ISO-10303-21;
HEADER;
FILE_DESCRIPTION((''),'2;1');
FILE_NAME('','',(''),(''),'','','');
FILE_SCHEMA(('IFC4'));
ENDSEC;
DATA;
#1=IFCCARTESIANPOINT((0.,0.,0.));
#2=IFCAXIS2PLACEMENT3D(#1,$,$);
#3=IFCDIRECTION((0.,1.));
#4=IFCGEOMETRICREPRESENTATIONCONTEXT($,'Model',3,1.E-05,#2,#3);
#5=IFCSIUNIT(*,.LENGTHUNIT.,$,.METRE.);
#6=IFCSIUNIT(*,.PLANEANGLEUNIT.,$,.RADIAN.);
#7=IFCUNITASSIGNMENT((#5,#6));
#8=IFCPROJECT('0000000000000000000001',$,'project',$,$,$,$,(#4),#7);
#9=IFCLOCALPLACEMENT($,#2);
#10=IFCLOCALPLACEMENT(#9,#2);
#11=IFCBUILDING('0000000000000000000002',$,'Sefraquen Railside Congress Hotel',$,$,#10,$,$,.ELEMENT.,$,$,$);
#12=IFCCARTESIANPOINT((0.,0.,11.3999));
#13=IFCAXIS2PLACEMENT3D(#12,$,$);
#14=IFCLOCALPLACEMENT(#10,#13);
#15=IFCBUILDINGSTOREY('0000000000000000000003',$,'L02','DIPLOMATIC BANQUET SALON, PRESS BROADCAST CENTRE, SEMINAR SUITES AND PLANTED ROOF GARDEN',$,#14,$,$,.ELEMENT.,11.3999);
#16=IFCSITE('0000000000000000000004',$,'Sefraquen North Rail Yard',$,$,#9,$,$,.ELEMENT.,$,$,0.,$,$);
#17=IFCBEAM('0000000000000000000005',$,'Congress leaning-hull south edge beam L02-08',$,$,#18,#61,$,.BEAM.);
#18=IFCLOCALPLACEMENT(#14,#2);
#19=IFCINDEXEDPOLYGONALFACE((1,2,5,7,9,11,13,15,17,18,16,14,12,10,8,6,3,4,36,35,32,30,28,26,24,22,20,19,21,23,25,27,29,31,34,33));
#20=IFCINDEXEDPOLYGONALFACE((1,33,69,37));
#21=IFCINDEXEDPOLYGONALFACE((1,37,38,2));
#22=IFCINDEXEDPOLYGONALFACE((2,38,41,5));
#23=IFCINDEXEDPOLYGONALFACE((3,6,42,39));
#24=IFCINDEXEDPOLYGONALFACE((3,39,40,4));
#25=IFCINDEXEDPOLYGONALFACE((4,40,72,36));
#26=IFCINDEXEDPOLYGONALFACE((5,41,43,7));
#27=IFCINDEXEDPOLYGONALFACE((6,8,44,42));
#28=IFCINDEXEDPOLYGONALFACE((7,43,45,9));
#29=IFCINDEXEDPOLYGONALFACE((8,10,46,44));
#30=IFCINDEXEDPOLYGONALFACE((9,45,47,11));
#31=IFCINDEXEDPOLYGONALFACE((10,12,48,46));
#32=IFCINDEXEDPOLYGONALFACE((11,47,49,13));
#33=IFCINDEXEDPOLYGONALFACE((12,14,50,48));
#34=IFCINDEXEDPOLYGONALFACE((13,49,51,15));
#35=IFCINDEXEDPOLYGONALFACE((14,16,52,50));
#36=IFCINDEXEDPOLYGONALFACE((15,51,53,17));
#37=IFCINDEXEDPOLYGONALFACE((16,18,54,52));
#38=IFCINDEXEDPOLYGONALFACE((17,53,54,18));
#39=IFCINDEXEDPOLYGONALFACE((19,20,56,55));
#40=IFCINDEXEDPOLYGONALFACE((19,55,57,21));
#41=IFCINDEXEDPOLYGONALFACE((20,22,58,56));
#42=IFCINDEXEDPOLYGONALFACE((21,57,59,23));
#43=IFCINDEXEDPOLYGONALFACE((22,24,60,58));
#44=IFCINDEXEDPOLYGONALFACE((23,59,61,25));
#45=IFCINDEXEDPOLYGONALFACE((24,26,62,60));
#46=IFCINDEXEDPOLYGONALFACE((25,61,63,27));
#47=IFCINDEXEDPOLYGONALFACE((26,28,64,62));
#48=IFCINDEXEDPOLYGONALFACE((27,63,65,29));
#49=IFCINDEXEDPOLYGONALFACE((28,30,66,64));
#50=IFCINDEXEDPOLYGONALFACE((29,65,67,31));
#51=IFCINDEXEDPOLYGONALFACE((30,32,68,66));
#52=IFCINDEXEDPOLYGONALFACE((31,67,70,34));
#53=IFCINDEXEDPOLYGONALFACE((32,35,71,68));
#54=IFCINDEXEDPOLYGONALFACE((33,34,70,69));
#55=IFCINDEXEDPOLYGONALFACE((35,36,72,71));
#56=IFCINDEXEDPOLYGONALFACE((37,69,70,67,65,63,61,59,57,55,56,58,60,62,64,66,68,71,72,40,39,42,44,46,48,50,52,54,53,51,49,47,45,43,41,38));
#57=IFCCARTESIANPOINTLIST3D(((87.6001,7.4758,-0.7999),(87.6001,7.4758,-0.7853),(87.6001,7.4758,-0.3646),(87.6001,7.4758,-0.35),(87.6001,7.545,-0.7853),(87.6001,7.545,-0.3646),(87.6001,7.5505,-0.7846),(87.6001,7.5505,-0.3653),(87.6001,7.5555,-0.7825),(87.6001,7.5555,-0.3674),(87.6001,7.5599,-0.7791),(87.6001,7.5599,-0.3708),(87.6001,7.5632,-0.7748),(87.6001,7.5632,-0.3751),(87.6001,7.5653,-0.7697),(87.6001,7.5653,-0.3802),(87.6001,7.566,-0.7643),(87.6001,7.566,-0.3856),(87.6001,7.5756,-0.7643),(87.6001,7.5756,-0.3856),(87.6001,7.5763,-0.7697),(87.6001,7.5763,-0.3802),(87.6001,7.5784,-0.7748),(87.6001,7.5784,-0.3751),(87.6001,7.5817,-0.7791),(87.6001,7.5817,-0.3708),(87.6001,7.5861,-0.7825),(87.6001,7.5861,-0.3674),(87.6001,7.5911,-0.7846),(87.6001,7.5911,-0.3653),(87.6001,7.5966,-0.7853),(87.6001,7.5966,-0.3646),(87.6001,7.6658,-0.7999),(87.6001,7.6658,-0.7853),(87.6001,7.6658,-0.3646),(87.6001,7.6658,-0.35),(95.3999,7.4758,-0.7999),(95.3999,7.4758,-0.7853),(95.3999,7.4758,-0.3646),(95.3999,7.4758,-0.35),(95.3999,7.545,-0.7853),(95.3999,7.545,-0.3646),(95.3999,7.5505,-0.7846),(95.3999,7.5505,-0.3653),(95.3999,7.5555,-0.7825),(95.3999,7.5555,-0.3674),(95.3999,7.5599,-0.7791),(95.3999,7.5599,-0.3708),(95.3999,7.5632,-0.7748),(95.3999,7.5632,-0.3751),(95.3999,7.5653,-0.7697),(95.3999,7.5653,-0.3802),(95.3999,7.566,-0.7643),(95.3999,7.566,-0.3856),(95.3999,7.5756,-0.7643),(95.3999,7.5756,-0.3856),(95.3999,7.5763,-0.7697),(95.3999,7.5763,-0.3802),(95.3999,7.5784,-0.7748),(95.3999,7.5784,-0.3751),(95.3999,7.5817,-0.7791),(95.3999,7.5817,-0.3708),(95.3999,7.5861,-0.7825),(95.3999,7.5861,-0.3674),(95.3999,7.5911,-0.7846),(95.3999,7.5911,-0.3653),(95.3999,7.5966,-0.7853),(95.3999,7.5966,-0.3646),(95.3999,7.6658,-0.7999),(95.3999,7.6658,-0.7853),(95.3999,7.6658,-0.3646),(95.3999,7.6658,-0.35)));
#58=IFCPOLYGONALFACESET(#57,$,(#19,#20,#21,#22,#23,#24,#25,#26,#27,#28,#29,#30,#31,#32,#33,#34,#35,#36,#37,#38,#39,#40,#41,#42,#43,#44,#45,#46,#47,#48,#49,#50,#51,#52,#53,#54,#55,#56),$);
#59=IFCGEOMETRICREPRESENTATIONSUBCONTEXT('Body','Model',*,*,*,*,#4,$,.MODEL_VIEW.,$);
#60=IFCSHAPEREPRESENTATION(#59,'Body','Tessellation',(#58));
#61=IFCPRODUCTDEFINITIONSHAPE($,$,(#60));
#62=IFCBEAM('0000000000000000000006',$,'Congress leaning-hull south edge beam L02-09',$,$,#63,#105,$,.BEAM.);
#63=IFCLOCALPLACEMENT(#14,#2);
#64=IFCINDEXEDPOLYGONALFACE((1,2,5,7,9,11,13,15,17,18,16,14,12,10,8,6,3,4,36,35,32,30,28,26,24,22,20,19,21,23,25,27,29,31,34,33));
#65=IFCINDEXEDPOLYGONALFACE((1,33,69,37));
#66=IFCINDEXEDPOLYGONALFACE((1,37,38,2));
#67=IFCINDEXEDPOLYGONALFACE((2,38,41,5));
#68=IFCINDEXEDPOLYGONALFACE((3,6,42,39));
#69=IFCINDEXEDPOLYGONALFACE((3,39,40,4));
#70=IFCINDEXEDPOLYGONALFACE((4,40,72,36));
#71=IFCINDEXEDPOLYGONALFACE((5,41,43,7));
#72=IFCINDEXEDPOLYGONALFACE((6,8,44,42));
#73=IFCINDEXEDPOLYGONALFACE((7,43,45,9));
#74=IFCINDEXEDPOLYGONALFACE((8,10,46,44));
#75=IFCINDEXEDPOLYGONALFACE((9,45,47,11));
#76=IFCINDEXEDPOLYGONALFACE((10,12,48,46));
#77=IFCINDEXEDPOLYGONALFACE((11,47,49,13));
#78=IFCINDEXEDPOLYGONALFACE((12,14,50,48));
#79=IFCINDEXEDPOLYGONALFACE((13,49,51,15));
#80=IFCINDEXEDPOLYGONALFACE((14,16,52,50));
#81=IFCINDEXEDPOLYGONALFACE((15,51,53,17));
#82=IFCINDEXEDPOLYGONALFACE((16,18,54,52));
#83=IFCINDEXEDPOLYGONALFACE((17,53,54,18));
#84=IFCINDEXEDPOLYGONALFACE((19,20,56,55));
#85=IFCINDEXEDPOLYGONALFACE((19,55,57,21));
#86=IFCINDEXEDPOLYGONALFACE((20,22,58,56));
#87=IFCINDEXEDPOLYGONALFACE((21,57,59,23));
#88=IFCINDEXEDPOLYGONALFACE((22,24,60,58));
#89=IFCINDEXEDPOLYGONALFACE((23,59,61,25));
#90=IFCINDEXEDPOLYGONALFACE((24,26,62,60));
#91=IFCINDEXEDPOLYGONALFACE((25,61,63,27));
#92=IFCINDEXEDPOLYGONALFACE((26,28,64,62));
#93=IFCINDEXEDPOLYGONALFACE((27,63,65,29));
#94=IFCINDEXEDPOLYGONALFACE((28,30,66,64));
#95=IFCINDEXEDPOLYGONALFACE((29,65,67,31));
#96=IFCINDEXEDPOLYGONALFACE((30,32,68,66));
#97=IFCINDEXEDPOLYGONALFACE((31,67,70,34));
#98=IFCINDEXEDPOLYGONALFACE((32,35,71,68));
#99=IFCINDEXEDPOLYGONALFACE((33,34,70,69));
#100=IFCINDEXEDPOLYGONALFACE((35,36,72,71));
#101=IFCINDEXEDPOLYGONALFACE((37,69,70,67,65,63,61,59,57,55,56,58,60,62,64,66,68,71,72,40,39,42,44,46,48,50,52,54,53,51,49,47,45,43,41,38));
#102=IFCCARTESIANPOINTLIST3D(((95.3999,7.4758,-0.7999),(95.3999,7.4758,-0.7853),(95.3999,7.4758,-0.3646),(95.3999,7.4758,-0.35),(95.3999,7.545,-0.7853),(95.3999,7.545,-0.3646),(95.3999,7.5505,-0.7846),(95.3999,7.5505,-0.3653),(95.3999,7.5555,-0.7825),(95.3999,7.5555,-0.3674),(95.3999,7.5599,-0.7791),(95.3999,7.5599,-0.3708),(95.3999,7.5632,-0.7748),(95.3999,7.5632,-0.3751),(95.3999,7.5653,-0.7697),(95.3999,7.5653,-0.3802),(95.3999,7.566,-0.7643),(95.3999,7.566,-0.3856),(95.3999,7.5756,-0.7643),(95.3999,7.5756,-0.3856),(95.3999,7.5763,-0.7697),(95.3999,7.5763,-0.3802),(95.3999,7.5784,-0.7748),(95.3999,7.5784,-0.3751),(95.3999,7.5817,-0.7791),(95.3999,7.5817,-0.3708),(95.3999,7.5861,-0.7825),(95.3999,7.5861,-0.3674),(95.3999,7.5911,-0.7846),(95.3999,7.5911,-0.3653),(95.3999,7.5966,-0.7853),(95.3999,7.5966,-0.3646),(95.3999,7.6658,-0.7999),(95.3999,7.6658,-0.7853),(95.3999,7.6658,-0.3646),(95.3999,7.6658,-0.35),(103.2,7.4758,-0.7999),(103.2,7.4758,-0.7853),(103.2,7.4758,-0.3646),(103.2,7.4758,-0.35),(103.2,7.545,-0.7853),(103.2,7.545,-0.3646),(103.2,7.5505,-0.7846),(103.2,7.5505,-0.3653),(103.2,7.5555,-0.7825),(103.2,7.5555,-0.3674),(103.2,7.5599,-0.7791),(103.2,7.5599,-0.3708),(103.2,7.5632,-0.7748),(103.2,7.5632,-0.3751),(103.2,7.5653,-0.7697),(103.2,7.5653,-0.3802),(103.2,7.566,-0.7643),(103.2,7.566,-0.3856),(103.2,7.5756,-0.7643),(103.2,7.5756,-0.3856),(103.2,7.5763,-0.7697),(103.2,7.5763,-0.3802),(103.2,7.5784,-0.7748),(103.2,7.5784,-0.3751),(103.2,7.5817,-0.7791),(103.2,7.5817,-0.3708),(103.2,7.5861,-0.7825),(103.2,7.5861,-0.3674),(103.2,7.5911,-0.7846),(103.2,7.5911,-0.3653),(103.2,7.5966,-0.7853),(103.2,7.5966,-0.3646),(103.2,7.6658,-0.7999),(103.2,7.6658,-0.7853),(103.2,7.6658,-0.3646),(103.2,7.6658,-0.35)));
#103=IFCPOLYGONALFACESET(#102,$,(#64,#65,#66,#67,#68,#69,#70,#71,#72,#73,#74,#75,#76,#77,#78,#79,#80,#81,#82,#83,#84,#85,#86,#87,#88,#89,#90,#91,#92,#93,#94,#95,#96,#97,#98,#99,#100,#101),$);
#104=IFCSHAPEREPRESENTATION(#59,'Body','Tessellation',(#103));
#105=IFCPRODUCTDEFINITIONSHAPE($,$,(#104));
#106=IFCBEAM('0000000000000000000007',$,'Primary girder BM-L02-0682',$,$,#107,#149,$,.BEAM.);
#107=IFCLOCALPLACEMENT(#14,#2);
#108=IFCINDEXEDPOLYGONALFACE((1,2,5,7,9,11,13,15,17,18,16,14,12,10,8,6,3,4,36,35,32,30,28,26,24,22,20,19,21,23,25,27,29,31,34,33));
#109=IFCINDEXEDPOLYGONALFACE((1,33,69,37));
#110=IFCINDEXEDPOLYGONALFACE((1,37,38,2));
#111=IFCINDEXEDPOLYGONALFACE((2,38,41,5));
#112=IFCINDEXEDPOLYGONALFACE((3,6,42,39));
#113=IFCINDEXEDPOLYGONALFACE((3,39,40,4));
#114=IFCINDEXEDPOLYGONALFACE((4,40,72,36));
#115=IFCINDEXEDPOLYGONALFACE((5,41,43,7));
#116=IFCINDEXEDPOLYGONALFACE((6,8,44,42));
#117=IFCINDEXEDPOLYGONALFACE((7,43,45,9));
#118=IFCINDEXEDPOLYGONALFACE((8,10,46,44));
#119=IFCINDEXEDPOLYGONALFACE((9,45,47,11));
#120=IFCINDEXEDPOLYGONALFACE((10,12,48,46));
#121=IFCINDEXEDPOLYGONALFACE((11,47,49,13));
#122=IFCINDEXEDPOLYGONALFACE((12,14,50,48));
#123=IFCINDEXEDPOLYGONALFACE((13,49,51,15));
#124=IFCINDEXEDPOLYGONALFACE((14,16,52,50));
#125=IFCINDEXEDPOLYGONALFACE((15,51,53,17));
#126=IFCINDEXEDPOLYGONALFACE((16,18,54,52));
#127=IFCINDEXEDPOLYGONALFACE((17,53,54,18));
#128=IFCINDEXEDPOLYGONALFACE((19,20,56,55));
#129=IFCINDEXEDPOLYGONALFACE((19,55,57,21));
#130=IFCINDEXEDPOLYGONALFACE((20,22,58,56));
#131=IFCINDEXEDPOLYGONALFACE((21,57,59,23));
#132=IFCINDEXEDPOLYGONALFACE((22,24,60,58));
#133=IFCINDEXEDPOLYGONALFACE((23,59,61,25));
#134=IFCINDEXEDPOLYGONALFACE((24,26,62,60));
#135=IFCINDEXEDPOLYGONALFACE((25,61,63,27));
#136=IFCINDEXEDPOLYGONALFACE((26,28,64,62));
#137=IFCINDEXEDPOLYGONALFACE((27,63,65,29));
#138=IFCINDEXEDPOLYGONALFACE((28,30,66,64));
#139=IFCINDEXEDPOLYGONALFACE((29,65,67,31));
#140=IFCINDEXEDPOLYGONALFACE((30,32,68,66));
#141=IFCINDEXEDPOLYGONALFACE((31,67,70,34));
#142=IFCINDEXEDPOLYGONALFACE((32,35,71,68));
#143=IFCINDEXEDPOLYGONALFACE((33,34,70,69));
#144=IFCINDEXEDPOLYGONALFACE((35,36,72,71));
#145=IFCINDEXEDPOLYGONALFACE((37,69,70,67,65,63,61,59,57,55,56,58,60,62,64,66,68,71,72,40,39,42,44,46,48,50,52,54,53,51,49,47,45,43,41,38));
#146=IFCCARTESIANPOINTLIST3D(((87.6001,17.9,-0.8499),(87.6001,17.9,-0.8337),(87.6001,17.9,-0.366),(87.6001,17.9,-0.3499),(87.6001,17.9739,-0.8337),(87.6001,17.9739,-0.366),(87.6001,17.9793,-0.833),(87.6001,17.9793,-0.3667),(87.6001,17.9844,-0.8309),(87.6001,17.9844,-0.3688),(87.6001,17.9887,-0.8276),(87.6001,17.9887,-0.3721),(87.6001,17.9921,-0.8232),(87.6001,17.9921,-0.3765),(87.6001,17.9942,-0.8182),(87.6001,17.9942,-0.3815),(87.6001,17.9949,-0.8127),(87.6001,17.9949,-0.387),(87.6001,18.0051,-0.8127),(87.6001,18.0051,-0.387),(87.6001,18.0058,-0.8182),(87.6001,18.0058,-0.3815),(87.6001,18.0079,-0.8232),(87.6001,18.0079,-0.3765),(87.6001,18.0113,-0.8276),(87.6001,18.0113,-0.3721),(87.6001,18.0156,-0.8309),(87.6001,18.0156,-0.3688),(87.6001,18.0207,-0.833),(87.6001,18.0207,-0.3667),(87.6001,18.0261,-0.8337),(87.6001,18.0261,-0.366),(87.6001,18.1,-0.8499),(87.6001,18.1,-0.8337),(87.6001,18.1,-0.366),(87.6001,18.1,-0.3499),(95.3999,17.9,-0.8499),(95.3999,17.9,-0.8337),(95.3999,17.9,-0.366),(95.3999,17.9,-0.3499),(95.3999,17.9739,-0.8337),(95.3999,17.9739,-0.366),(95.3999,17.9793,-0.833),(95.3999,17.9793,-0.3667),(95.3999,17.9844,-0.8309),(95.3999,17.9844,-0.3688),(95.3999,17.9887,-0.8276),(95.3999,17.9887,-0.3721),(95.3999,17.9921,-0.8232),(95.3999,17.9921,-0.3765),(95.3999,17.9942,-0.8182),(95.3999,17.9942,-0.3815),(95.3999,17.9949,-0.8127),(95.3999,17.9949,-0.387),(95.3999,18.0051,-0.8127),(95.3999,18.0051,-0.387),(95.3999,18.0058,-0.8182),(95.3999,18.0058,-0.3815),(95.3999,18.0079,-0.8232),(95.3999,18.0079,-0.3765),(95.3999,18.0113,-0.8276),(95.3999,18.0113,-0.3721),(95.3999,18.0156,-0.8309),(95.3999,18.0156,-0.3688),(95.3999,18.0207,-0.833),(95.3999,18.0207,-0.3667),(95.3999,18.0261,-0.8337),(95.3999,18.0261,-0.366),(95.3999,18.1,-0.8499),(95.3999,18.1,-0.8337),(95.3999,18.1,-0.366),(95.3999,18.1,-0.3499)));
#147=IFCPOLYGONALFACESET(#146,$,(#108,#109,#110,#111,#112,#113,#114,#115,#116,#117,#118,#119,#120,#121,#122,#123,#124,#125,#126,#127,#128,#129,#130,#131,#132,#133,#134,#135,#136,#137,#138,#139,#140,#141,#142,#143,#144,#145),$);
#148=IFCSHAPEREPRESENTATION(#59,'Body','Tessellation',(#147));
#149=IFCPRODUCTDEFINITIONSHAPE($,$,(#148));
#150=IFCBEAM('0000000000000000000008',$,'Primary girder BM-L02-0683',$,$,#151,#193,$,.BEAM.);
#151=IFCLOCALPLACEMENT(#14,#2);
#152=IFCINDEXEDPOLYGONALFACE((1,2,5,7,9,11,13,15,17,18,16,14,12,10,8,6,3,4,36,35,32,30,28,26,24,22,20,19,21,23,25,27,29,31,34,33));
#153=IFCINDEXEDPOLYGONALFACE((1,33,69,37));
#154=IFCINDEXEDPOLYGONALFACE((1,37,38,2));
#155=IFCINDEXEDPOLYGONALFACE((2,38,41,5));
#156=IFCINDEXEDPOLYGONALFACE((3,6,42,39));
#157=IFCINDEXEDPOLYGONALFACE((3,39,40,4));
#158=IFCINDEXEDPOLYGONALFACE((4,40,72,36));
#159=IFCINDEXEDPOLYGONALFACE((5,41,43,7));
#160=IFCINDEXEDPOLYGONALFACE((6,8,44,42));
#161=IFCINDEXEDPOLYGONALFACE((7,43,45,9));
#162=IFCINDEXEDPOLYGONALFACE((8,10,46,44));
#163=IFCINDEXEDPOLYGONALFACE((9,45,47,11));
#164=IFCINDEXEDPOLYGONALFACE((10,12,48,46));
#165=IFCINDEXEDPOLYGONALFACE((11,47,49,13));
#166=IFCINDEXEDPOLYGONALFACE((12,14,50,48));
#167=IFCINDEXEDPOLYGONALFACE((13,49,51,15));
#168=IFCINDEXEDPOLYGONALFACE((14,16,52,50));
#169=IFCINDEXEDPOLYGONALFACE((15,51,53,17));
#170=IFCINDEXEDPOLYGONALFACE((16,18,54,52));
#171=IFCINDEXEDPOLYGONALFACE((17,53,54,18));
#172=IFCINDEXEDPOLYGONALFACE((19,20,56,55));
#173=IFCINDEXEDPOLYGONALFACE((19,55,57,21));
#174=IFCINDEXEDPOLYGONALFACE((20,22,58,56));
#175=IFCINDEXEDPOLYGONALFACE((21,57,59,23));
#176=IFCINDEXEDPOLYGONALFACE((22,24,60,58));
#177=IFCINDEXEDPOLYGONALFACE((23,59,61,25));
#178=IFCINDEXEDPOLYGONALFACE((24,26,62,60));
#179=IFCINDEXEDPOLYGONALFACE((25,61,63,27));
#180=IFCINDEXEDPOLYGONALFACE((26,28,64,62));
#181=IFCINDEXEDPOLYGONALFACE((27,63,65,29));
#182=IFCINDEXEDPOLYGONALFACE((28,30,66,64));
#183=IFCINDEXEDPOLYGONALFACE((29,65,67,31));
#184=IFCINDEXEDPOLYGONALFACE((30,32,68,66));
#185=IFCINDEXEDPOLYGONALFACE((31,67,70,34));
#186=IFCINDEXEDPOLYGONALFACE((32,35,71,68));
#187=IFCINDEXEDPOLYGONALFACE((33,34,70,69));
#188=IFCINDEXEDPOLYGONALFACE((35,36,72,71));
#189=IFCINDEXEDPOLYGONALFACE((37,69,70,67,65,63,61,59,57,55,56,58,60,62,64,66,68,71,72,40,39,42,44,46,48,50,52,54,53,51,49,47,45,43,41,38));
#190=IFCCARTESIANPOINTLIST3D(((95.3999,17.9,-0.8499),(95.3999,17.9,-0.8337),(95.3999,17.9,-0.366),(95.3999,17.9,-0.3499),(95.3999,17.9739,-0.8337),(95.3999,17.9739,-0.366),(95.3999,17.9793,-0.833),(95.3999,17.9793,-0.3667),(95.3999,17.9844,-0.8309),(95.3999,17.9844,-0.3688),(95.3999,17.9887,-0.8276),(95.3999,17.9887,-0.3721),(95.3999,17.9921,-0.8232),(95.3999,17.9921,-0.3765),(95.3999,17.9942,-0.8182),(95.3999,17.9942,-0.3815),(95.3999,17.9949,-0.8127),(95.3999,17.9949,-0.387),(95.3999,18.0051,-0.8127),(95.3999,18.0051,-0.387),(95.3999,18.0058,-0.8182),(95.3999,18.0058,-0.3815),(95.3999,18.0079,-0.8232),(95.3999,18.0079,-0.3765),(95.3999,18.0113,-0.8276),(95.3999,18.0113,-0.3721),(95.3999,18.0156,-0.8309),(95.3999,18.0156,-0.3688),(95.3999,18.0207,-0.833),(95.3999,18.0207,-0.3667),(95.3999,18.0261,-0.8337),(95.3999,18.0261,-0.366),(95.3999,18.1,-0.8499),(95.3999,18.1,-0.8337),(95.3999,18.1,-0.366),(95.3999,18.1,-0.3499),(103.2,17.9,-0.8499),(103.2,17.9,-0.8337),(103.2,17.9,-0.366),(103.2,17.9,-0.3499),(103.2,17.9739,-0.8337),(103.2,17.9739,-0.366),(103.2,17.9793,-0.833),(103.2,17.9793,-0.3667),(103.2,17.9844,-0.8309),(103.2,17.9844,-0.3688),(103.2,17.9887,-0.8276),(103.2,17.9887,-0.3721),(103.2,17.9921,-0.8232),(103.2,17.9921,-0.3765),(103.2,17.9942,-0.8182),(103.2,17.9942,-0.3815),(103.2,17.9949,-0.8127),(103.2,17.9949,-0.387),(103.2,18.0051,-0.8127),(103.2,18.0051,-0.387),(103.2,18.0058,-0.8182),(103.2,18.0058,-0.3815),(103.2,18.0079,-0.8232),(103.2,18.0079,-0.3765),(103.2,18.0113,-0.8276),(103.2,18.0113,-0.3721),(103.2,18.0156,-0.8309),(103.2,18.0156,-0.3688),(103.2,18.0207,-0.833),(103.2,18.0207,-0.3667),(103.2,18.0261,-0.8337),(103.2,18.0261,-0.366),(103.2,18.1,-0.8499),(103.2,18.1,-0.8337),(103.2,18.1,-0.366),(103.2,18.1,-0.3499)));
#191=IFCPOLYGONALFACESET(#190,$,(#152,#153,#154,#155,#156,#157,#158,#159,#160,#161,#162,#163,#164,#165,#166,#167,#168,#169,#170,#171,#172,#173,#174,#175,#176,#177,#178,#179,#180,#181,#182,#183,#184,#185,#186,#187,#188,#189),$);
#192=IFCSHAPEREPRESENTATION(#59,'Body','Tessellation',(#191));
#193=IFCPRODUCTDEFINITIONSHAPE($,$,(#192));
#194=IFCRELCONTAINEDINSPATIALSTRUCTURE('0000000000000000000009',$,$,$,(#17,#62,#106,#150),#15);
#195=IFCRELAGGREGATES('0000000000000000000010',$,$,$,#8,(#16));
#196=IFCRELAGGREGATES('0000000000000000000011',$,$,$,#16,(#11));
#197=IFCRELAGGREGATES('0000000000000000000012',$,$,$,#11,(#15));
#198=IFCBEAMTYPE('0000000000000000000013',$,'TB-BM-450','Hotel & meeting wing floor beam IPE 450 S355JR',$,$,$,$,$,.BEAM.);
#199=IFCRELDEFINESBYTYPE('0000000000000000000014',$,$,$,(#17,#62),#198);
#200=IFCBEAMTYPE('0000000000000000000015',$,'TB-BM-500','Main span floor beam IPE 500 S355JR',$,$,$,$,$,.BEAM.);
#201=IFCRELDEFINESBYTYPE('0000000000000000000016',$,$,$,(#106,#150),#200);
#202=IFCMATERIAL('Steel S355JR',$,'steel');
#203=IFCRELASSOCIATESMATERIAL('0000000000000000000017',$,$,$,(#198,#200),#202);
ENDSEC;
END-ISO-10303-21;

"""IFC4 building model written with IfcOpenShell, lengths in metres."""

from ifc_helpers import new_model, si_unit, direction, frame, origin, origin_2d, place, context, subcontext, project, spatial, i_section, extrude, material, material_profile, profile_set, type_object, element, save


model = new_model("IFC4")

# Units and contexts
model_context = context("Model", 3, precision=1e-05, world=origin(), true_north=direction((0.0, 1.0)))
body_context = subcontext(model_context, "Body", "Model", "MODEL_VIEW")
ifc_project = project(units=[si_unit("LENGTHUNIT", "METRE"), si_unit("PLANEANGLEUNIT", "RADIAN")], contexts=[model_context])

# Site, building, storey
site_placement = place(None, origin())
site = spatial("IfcSite", under=ifc_project, at=site_placement, Name="Sefraquen North Rail Yard", CompositionType="ELEMENT", RefElevation=0.0)
building_placement = place(site_placement, origin())
building = spatial("IfcBuilding", under=site, at=building_placement, Name="Sefraquen Railside Congress Hotel", CompositionType="ELEMENT")
storey_placement = place(building_placement, frame((0.0, 0.0, 11.3999)))
storey = spatial("IfcBuildingStorey", under=building, at=storey_placement, Name="L02", Description="DIPLOMATIC BANQUET SALON, PRESS BROADCAST CENTRE, SEMINAR SUITES AND PLANTED ROOF GARDEN", CompositionType="ELEMENT", Elevation=11.3999)

# Shared definitions
ifc_material_1 = material(Name="Steel S355JR", Category="steel")

# Beams
ifc_material_profile_1 = material_profile(ifc_material_1, i_section(OverallWidth=0.1899, OverallDepth=0.45, WebThickness=0.0095, FlangeThickness=0.0146, FilletRadius=0.021, at=origin_2d()), Name="IPE 450")
ifc_profile_set_1 = profile_set([ifc_material_profile_1], Name="Steel S355JR")
beam_type_1 = type_object("IfcBeamType", Name="TB-BM-450", Description="Hotel & meeting wing floor beam IPE 450 S355JR", PredefinedType="BEAM", material=ifc_profile_set_1)
beam_1_placement = place(storey_placement, frame((87.6001, 7.5708, -0.575), z_axis=(1.0, 0.0, 0.0), x_axis=(0.0, 1.0, 0.0)))
element("IfcBeam", 1, at=beam_1_placement, inside=storey, type_object=beam_type_1, Name="Congress leaning-hull south edge beam L02-08", PredefinedType="BEAM", context=body_context, shape_type="SweptSolid", body=[
    extrude(i_section(OverallWidth=0.1899, OverallDepth=0.45, WebThickness=0.0095, FlangeThickness=0.0146, FilletRadius=0.021, at=origin_2d()), origin(), (0.0, 0.0, 1.0), 7.7998),
])
beam_2_placement = place(storey_placement, frame((95.3999, 7.5708, -0.575), z_axis=(1.0, 0.0, 0.0), x_axis=(0.0, 1.0, 0.0)))
element("IfcBeam", 2, at=beam_2_placement, inside=storey, type_object=beam_type_1, Name="Congress leaning-hull south edge beam L02-09", PredefinedType="BEAM", context=body_context, shape_type="SweptSolid", body=[
    extrude(i_section(OverallWidth=0.1899, OverallDepth=0.45, WebThickness=0.0095, FlangeThickness=0.0146, FilletRadius=0.021, at=origin_2d()), origin(), (0.0, 0.0, 1.0), 7.8),
])
ifc_material_profile_2 = material_profile(ifc_material_1, i_section(OverallWidth=0.2, OverallDepth=0.5, WebThickness=0.0103, FlangeThickness=0.0161, FilletRadius=0.021, at=origin_2d()), Name="IPE 500")
ifc_profile_set_2 = profile_set([ifc_material_profile_2], Name="Steel S355JR")
beam_type_2 = type_object("IfcBeamType", Name="TB-BM-500", Description="Main span floor beam IPE 500 S355JR", PredefinedType="BEAM", material=ifc_profile_set_2)
beam_3_placement = place(storey_placement, frame((87.6001, 18.0, -0.5999), z_axis=(1.0, 0.0, 0.0), x_axis=(0.0, 1.0, 0.0)))
element("IfcBeam", 3, at=beam_3_placement, inside=storey, type_object=beam_type_2, Name="Primary girder BM-L02-0682", PredefinedType="BEAM", context=body_context, shape_type="SweptSolid", body=[
    extrude(i_section(OverallWidth=0.2, OverallDepth=0.5, WebThickness=0.0103, FlangeThickness=0.0161, FilletRadius=0.021, at=origin_2d()), origin(), (0.0, 0.0, 1.0), 7.7998),
])
beam_4_placement = place(storey_placement, frame((95.3999, 18.0, -0.5999), z_axis=(1.0, 0.0, 0.0), x_axis=(0.0, 1.0, 0.0)))
element("IfcBeam", 4, at=beam_4_placement, inside=storey, type_object=beam_type_2, Name="Primary girder BM-L02-0683", PredefinedType="BEAM", context=body_context, shape_type="SweptSolid", body=[
    extrude(i_section(OverallWidth=0.2, OverallDepth=0.5, WebThickness=0.0103, FlangeThickness=0.0161, FilletRadius=0.021, at=origin_2d()), origin(), (0.0, 0.0, 1.0), 7.8),
])

save(model, "model.ifc")
